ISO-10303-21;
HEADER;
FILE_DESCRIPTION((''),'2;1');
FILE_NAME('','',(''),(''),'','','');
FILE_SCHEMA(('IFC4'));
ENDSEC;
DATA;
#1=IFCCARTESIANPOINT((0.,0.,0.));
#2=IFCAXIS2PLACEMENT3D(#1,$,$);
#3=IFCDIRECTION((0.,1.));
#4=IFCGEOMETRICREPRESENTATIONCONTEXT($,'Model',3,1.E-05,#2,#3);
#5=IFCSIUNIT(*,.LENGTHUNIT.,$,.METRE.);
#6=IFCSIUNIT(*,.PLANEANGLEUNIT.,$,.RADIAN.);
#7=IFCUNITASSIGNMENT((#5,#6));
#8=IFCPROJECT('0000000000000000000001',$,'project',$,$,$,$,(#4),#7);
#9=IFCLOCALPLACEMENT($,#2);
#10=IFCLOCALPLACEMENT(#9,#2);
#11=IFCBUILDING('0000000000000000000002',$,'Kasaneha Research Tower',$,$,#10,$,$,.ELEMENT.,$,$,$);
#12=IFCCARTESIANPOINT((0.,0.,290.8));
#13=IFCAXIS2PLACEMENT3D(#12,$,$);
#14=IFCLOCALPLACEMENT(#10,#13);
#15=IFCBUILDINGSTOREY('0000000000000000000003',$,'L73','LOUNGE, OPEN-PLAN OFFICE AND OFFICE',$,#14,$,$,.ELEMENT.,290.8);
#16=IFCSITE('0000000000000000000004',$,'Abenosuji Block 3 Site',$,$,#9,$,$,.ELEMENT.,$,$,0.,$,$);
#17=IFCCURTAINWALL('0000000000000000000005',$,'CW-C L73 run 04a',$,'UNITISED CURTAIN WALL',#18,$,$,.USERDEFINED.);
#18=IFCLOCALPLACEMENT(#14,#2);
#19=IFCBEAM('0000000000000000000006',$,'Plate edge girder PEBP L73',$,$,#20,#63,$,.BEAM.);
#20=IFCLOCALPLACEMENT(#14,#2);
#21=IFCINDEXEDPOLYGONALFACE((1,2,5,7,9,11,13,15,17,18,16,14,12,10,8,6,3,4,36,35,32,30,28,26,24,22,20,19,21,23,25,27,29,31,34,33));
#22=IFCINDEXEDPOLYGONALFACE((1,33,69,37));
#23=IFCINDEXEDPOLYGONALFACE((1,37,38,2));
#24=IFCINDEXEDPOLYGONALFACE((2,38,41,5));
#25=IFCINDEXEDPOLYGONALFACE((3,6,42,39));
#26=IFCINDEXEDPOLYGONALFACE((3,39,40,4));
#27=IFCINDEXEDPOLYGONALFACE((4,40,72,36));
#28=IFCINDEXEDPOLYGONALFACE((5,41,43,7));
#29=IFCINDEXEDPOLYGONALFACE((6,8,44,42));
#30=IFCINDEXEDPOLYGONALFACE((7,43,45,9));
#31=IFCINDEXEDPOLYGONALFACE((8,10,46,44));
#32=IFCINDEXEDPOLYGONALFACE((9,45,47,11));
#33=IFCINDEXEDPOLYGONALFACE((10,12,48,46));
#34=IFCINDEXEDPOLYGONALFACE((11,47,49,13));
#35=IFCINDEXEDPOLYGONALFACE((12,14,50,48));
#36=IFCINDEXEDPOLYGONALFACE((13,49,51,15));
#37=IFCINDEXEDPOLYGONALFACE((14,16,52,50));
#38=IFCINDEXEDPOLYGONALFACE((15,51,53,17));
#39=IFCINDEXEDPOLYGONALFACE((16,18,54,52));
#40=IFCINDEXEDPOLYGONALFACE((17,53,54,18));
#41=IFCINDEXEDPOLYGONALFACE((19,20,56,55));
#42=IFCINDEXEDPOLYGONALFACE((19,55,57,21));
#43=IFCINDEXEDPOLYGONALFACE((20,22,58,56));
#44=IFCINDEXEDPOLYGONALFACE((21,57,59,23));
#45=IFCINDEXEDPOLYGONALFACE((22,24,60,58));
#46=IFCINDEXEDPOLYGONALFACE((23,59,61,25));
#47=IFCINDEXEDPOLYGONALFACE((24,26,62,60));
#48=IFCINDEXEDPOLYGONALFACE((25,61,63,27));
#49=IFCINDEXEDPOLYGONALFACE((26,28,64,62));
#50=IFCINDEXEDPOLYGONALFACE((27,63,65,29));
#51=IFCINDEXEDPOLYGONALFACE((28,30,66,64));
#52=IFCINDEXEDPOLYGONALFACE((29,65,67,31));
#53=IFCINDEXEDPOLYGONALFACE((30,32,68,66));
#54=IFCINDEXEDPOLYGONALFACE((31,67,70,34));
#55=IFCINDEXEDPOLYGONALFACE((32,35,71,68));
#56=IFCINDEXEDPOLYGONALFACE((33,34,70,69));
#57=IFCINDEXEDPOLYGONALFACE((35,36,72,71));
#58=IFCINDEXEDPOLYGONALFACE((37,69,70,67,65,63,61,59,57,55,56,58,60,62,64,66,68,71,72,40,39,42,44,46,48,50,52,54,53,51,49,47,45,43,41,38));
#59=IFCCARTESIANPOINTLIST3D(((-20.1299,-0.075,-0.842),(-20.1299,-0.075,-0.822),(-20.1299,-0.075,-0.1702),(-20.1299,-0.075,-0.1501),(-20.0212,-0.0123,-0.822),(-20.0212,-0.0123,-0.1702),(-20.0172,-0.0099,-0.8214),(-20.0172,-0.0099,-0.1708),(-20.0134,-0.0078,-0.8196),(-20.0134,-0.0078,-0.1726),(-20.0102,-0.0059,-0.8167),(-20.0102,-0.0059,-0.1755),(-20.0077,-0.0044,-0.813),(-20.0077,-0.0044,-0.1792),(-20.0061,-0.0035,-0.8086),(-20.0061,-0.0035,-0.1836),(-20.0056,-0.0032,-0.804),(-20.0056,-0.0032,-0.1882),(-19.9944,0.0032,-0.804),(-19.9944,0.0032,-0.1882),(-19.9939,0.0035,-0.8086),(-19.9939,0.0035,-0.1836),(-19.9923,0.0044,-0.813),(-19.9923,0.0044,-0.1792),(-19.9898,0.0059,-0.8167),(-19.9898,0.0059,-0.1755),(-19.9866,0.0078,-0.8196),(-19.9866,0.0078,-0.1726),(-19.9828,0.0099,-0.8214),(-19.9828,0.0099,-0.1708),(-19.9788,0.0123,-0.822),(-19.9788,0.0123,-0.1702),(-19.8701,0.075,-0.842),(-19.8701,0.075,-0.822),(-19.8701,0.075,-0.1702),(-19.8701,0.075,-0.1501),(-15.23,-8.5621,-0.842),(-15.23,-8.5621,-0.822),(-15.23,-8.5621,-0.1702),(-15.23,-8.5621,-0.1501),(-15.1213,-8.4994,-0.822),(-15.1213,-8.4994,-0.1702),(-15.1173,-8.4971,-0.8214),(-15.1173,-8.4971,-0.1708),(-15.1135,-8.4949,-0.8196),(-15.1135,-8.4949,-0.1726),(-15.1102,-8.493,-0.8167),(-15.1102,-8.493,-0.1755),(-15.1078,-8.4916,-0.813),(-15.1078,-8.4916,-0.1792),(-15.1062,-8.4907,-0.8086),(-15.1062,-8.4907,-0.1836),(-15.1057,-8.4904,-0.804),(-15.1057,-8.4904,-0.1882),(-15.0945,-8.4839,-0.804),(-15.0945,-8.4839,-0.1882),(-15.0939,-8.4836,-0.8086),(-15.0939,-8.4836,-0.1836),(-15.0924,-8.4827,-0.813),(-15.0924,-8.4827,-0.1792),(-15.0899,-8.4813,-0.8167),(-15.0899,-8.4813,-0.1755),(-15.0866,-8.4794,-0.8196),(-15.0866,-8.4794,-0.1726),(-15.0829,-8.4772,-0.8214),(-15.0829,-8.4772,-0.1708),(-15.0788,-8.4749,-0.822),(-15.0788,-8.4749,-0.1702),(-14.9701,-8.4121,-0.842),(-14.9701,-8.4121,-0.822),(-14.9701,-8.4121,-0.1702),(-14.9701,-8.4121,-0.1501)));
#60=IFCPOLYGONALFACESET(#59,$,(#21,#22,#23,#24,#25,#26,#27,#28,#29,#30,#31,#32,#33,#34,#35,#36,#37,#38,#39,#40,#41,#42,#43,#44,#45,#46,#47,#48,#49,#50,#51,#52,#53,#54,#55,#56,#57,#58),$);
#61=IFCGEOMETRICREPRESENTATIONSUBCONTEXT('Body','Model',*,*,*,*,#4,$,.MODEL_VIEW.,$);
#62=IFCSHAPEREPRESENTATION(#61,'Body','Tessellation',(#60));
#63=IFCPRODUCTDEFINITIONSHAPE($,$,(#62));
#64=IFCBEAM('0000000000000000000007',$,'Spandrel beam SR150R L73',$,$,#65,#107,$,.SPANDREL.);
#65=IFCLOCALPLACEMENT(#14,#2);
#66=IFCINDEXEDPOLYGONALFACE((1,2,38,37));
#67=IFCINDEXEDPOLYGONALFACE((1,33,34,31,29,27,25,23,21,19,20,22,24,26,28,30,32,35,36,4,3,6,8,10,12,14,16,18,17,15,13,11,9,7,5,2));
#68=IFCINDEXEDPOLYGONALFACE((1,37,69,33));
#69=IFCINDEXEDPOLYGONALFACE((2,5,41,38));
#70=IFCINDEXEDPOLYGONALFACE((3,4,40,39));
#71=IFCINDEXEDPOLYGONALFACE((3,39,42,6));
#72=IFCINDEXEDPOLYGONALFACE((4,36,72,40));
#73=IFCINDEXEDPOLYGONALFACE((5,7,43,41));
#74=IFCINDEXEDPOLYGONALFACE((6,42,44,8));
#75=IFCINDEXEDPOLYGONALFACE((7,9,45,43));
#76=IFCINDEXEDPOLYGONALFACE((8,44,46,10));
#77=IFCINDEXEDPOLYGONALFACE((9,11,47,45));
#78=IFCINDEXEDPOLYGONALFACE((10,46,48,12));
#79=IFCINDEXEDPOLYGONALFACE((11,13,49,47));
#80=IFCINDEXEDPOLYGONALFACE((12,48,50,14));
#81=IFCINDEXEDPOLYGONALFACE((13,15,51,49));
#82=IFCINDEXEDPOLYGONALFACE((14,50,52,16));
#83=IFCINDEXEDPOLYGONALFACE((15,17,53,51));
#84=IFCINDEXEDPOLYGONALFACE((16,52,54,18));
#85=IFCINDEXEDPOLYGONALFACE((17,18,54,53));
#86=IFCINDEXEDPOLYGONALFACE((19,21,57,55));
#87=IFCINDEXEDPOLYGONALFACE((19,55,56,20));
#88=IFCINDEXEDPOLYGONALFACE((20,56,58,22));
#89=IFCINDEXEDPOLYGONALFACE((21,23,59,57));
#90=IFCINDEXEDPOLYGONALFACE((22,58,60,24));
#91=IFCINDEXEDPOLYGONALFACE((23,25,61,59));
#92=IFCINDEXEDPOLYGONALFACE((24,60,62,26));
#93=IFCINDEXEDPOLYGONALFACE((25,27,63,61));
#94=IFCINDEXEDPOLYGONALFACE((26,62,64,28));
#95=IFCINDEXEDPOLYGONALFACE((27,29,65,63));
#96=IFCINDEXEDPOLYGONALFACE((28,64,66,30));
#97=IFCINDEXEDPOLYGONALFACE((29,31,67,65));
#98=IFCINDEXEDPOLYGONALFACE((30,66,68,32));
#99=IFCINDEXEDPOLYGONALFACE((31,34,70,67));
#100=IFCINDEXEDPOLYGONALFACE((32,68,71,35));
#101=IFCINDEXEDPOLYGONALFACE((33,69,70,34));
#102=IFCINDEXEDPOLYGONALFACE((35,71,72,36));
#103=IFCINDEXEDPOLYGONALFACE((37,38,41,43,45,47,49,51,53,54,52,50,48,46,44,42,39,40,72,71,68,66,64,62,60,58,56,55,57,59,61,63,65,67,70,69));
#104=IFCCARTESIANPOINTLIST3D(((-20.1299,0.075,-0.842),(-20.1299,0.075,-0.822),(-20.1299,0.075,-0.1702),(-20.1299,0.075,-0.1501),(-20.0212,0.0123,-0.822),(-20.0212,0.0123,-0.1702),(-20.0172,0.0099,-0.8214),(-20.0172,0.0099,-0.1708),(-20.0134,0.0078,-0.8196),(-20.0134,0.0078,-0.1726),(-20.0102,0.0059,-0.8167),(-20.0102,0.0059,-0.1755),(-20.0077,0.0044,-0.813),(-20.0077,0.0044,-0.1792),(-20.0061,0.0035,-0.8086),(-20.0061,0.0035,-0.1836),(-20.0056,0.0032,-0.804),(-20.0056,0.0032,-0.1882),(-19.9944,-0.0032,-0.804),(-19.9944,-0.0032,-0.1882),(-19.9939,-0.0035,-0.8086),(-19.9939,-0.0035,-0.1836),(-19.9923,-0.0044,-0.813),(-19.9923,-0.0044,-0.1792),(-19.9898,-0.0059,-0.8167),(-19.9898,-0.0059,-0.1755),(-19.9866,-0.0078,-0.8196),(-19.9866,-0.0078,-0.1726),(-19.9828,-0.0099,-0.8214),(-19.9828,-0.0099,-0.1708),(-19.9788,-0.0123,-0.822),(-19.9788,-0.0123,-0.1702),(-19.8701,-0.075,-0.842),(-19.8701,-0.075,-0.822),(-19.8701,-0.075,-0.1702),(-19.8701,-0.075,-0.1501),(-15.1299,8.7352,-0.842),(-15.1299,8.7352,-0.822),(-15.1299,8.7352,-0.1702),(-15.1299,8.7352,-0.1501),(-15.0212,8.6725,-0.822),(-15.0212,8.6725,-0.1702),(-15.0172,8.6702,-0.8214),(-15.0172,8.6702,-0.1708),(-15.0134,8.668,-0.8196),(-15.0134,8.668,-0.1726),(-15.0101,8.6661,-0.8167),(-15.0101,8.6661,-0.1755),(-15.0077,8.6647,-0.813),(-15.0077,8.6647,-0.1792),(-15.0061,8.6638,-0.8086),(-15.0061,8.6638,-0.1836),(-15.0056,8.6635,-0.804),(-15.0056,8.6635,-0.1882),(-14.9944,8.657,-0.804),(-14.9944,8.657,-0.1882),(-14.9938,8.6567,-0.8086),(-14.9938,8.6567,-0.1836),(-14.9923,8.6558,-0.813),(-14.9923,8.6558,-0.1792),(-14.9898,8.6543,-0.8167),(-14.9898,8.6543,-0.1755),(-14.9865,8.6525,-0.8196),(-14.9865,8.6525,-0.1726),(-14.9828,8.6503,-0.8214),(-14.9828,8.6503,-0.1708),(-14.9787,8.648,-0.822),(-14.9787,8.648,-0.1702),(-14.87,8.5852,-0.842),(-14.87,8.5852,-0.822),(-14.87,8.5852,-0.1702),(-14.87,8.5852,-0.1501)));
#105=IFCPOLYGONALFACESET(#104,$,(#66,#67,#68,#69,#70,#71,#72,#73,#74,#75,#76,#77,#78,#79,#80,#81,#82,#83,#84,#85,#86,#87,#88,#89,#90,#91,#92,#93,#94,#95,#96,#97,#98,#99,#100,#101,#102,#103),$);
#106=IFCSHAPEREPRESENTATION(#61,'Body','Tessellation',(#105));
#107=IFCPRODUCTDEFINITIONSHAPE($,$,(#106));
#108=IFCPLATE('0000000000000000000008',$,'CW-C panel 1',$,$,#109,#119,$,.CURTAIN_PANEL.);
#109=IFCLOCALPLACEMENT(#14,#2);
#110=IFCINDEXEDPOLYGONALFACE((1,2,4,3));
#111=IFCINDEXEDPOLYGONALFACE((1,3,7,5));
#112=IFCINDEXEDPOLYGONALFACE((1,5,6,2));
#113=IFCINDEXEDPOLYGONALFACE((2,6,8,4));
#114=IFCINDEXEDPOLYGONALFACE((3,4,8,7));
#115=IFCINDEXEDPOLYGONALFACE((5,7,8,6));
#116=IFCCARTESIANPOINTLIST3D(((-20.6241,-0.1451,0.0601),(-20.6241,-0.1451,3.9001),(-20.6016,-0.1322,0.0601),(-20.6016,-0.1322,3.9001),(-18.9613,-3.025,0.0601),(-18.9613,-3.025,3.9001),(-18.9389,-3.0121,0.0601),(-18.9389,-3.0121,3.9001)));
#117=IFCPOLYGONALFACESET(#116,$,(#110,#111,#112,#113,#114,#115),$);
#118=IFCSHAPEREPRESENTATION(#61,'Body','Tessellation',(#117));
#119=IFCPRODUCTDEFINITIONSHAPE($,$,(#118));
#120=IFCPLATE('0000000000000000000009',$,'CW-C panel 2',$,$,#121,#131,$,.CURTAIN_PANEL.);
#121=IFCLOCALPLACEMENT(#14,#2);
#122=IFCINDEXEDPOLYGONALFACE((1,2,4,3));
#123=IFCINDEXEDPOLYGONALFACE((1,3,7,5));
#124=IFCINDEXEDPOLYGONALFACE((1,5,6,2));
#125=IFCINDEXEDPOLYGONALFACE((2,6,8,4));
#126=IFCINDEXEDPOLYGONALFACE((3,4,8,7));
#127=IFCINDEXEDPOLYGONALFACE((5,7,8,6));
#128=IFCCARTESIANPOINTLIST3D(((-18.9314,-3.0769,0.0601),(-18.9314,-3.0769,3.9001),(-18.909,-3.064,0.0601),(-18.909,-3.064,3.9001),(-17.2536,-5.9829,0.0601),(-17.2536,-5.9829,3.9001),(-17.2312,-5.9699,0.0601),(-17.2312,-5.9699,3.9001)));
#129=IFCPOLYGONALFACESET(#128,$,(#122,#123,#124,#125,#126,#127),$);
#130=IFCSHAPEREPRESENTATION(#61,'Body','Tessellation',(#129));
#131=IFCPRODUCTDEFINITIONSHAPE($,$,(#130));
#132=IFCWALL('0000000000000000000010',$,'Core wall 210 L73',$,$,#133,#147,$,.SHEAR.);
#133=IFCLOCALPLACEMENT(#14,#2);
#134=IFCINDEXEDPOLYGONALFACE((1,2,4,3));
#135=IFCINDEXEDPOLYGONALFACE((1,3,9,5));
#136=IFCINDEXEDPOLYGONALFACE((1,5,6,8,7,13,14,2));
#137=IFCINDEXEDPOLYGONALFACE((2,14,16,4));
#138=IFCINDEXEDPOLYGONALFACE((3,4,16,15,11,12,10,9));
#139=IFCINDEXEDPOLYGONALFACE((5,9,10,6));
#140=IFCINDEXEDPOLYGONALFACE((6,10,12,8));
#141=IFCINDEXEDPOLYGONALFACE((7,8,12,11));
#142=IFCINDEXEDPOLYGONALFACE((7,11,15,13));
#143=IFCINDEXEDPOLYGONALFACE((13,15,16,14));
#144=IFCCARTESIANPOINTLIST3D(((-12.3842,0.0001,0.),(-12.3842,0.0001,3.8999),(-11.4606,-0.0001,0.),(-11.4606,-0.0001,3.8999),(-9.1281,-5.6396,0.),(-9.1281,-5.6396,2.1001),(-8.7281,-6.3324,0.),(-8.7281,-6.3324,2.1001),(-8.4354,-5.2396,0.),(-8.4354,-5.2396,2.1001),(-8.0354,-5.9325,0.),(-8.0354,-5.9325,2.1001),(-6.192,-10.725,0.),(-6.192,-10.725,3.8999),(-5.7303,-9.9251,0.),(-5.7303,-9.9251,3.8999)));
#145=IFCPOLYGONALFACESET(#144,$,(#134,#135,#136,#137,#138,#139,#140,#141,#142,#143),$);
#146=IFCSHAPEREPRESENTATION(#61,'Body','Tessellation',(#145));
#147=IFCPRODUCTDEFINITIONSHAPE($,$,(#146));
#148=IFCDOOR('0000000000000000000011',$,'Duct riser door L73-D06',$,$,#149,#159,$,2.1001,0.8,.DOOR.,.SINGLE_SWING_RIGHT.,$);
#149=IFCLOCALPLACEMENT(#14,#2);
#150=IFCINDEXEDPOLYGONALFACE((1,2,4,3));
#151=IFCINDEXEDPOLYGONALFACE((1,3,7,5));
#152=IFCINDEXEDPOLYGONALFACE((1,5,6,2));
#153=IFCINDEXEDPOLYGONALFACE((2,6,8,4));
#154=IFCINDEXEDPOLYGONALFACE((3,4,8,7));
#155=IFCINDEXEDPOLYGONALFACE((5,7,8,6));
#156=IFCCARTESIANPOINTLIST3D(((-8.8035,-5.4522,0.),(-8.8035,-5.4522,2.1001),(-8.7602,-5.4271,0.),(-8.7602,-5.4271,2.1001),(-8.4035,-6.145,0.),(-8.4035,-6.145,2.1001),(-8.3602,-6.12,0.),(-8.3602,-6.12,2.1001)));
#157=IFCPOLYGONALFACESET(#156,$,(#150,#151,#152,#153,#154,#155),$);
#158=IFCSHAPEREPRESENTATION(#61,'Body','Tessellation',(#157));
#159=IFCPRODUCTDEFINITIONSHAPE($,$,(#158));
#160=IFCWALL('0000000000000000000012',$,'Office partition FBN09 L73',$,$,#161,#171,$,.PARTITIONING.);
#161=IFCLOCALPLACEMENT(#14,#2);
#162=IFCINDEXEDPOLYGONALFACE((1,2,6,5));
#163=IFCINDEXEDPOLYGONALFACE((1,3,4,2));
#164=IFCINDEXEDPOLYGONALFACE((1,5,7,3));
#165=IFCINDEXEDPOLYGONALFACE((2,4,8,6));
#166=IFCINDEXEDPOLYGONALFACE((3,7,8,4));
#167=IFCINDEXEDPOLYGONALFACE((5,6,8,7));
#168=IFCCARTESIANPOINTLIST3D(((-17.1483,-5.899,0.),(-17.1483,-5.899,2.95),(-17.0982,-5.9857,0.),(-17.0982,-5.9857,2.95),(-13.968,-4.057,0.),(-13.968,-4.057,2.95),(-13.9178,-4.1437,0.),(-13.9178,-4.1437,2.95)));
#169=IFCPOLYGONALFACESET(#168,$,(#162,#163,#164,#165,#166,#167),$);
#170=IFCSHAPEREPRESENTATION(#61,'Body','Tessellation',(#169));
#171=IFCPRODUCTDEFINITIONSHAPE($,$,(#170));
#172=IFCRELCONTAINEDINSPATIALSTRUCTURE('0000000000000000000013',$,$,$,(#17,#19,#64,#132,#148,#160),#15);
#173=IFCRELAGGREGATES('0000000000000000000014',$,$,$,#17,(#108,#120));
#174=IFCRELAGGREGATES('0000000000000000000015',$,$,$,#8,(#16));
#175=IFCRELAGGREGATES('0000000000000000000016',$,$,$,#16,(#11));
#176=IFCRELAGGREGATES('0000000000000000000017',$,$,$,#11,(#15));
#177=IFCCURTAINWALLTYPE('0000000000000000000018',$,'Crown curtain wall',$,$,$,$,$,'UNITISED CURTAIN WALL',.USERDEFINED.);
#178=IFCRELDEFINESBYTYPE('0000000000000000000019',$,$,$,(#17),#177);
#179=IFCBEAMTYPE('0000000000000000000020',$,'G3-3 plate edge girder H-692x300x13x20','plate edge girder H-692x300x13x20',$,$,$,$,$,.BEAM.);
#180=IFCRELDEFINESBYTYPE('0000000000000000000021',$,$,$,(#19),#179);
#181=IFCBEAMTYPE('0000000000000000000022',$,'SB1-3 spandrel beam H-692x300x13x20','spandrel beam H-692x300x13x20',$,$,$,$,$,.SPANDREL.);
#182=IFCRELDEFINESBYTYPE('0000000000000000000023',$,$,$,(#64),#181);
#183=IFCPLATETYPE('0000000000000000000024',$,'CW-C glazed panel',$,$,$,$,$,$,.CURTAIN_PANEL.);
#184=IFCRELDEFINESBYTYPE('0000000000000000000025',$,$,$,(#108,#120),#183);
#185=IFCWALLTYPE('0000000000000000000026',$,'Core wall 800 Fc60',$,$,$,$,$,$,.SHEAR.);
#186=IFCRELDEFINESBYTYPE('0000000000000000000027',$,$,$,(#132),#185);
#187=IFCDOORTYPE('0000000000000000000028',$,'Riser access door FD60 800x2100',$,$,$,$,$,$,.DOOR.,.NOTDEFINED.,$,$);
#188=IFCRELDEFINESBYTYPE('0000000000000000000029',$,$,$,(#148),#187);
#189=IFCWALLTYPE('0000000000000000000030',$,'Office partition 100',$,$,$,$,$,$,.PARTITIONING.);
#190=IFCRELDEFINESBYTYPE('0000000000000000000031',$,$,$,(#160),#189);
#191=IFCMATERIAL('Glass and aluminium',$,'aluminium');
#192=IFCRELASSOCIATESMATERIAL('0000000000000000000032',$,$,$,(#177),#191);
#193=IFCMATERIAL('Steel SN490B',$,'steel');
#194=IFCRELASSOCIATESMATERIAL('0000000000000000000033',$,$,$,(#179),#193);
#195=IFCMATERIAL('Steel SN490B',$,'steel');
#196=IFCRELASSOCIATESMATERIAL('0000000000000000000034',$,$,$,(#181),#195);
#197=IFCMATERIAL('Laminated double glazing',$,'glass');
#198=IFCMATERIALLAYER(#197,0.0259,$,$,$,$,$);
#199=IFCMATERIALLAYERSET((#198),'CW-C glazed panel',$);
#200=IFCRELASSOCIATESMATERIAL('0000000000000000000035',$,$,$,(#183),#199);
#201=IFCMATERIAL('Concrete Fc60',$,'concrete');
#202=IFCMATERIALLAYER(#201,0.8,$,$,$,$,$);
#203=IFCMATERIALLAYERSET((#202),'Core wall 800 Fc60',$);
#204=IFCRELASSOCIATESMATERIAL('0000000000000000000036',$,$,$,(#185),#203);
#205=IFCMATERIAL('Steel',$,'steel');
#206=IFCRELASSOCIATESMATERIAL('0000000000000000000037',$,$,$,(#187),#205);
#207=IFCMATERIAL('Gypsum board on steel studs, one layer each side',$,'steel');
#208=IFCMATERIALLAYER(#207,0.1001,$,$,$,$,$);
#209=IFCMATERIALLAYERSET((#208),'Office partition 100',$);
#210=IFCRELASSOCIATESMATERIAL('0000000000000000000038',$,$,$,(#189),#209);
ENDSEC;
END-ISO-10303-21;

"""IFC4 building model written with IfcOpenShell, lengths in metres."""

from ifc_helpers import new_model, si_unit, direction, frame, frame_2d, origin, origin_2d, place, context, subcontext, project, spatial, polyline, rectangle, i_section, outline, extrude, material, layer, layer_set, material_profile, profile_set, type_object, element, fill, aggregate, save


model = new_model("IFC4")

# Units and contexts
model_context = context("Model", 3, precision=1e-05, world=origin(), true_north=direction((0.0, 1.0)))
body_context = subcontext(model_context, "Body", "Model", "MODEL_VIEW")
ifc_project = project(units=[si_unit("LENGTHUNIT", "METRE"), si_unit("PLANEANGLEUNIT", "RADIAN")], contexts=[model_context])

# Site, building, storey
site_placement = place(None, origin())
site = spatial("IfcSite", under=ifc_project, at=site_placement, Name="Abenosuji Block 3 Site", CompositionType="ELEMENT", RefElevation=0.0)
building_placement = place(site_placement, origin())
building = spatial("IfcBuilding", under=site, at=building_placement, Name="Kasaneha Research Tower", CompositionType="ELEMENT")
storey_placement = place(building_placement, frame((0.0, 0.0, 290.8)))
storey = spatial("IfcBuildingStorey", under=building, at=storey_placement, Name="L73", Description="LOUNGE, OPEN-PLAN OFFICE AND OFFICE", CompositionType="ELEMENT", Elevation=290.8)

# Curtain wall
ifc_material_1 = material(Name="Glass and aluminium", Category="aluminium")
curtain_wall_type = type_object("IfcCurtainWallType", Name="Crown curtain wall", ElementType="UNITISED CURTAIN WALL", PredefinedType="USERDEFINED", material=ifc_material_1)
curtain_wall_placement = place(storey_placement, origin())
curtain_wall = element("IfcCurtainWall", 1, at=curtain_wall_placement, inside=storey, type_object=curtain_wall_type, Name="CW-C L73 run 04a", ObjectType="UNITISED CURTAIN WALL", PredefinedType="USERDEFINED")

# Beams
ifc_material_2 = material(Name="Steel SN490B", Category="steel")
ifc_material_profile_1 = material_profile(ifc_material_2, i_section(OverallWidth=0.3, OverallDepth=0.6919, WebThickness=0.0129, FlangeThickness=0.02, FilletRadius=0.0181, at=origin_2d()), Name="H-692x300x13x20")
ifc_profile_set_1 = profile_set([ifc_material_profile_1], Name="Steel SN490B")
beam_type_1 = type_object("IfcBeamType", Name="G3-3 plate edge girder H-692x300x13x20", Description="plate edge girder H-692x300x13x20", PredefinedType="BEAM", material=ifc_profile_set_1)
beam_1_placement = place(storey_placement, frame((-20.0, 0.0, -0.4961), z_axis=(0.499992, -0.86603, 0.0), x_axis=(0.86603, 0.499992, 0.0)))
element("IfcBeam", 2, at=beam_1_placement, inside=storey, type_object=beam_type_1, Name="Plate edge girder PEBP L73", PredefinedType="BEAM", context=body_context, shape_type="SweptSolid", body=[
    extrude(i_section(OverallWidth=0.3, OverallDepth=0.6919, WebThickness=0.0129, FlangeThickness=0.02, FilletRadius=0.0181, at=origin_2d()), origin(), (0.0, 0.0, 1.0), 9.8),
])
ifc_material_3 = material(Name="Steel SN490B", Category="steel")
ifc_material_profile_2 = material_profile(ifc_material_3, i_section(OverallWidth=0.3, OverallDepth=0.6919, WebThickness=0.0129, FlangeThickness=0.02, FilletRadius=0.0181, at=origin_2d()), Name="H-692x300x13x20")
ifc_profile_set_2 = profile_set([ifc_material_profile_2], Name="Steel SN490B")
beam_type_2 = type_object("IfcBeamType", Name="SB1-3 spandrel beam H-692x300x13x20", Description="spandrel beam H-692x300x13x20", PredefinedType="SPANDREL", material=ifc_profile_set_2)
beam_2_placement = place(storey_placement, frame((-20.0, 0.0, -0.4961), z_axis=(0.500004, 0.866023, 0.0), x_axis=(-0.866023, 0.500004, 0.0)))
element("IfcBeam", 3, at=beam_2_placement, inside=storey, type_object=beam_type_2, Name="Spandrel beam SR150R L73", PredefinedType="SPANDREL", context=body_context, shape_type="SweptSolid", body=[
    extrude(i_section(OverallWidth=0.3, OverallDepth=0.6919, WebThickness=0.0129, FlangeThickness=0.02, FilletRadius=0.0181, at=origin_2d()), origin(), (0.0, 0.0, 1.0), 10.0),
])

# Plates
ifc_material_4 = material(Name="Laminated double glazing", Category="glass")
ifc_layer_1 = layer(ifc_material_4, 0.0259)
ifc_layer_set_1 = layer_set([ifc_layer_1], Name="CW-C glazed panel")
plate_type = type_object("IfcPlateType", Name="CW-C glazed panel", PredefinedType="CURTAIN_PANEL", material=ifc_layer_set_1)
plate_1_placement = place(storey_placement, frame((-19.7815, -1.5786, 0.0601), z_axis=(0.0, 0.0, 1.0), x_axis=(0.5, -0.866025, 0.0)))
plate_1 = element("IfcPlate", 4, at=plate_1_placement, type_object=plate_type, Name="CW-C panel 1", PredefinedType="CURTAIN_PANEL", context=body_context, shape_type="SweptSolid", body=[
    extrude(rectangle(XDim=3.3254, YDim=0.0259, at=origin_2d()), origin(), (0.0, 0.0, 1.0), 3.8401),
])
plate_2_placement = place(storey_placement, frame((-18.0813, -4.5234, 0.0601), z_axis=(0.0, 0.0, 1.0), x_axis=(0.5, -0.866025, 0.0)))
plate_2 = element("IfcPlate", 5, at=plate_2_placement, type_object=plate_type, Name="CW-C panel 2", PredefinedType="CURTAIN_PANEL", context=body_context, shape_type="SweptSolid", body=[
    extrude(rectangle(XDim=3.3555, YDim=0.0259, at=origin_2d()), origin(), (0.0, 0.0, 1.0), 3.8401),
])
aggregate(curtain_wall, [plate_1, plate_2])

# Wall, opening, door
ifc_material_5 = material(Name="Concrete Fc60", Category="concrete")
ifc_layer_2 = layer(ifc_material_5, 0.8)
ifc_layer_set_2 = layer_set([ifc_layer_2], Name="Core wall 800 Fc60")
wall_type_1 = type_object("IfcWallType", Name="Core wall 800 Fc60", PredefinedType="SHEAR", material=ifc_layer_set_2)
wall_1_placement = place(storey_placement, frame((-11.9224, 0.0, 0.0), z_axis=(0.0, 0.0, 1.0), x_axis=(0.500004, -0.866023, 0.0)))
wall_1 = element("IfcWall", 6, at=wall_1_placement, inside=storey, type_object=wall_type_1, Name="Core wall 210 L73", PredefinedType="SHEAR", context=body_context, shape_type="SweptSolid", body=[
    extrude(outline(polyline([(-0.231, -0.3999), (6.2812, -0.3999), (7.0813, -0.3999), (12.1533, -0.3999), (11.6914, 0.3999), (7.0813, 0.3999), (6.2812, 0.3999), (0.231, 0.3999), (-0.231, -0.3999)])), origin(), (0.0, 0.0, 1.0), 3.8999),
])
opening_1_placement = place(wall_1_placement, frame((6.2812, 0.0, 0.0)))
opening_1 = element("IfcOpeningElement", 7, at=opening_1_placement, cuts=wall_1, PredefinedType="OPENING", context=body_context, shape_type="SweptSolid", body=[
    extrude(rectangle(XDim=0.8, YDim=2.1001, at=frame_2d((0.3999, 1.05))), frame((0.0, 0.4102, 0.0), z_axis=(0.0, -1.0, 0.0), x_axis=(1.0, 0.0, 0.0)), (0.0, 0.0, 1.0), 0.8201),
])
ifc_material_6 = material(Name="Steel", Category="steel")
door_type_1 = type_object("IfcDoorType", Name="Riser access door FD60 800x2100", OperationType="NOTDEFINED", PredefinedType="DOOR", material=ifc_material_6)
door_1_placement = place(opening_1_placement, origin())
door_1 = element("IfcDoor", 8, at=door_1_placement, inside=storey, type_object=door_type_1, Name="Duct riser door L73-D06", OperationType="SINGLE_SWING_RIGHT", OverallHeight=2.1001, OverallWidth=0.8, PredefinedType="DOOR", context=body_context, shape_type="SweptSolid", body=[
    extrude(rectangle(XDim=0.8, YDim=2.1001, at=frame_2d((0.3999, 1.05))), frame((0.0, 0.0249, 0.0), z_axis=(0.0, -1.0, 0.0), x_axis=(1.0, 0.0, 0.0)), (0.0, 0.0, 1.0), 0.05),
])
fill(opening_1, door_1)

# Wall
ifc_material_7 = material(Name="Gypsum board on steel studs, one layer each side", Category="steel")
ifc_layer_3 = layer(ifc_material_7, 0.1001)
ifc_layer_set_3 = layer_set([ifc_layer_3], Name="Office partition 100")
wall_type_2 = type_object("IfcWallType", Name="Office partition 100", PredefinedType="PARTITIONING", material=ifc_layer_set_3)
wall_2_placement = place(storey_placement, frame((-13.9429, -4.1003, 0.0), z_axis=(0.0, 0.0, 1.0), x_axis=(-0.865338, -0.501188, 0.0)))
element("IfcWall", 9, at=wall_2_placement, inside=storey, type_object=wall_type_2, Name="Office partition FBN09 L73", PredefinedType="PARTITIONING", context=body_context, shape_type="SweptSolid", body=[
    extrude(rectangle(XDim=3.6753, YDim=0.1001, at=frame_2d((1.8376, 0.0))), origin(), (0.0, 0.0, 1.0), 2.95),
])

save(model, "model.ifc")
